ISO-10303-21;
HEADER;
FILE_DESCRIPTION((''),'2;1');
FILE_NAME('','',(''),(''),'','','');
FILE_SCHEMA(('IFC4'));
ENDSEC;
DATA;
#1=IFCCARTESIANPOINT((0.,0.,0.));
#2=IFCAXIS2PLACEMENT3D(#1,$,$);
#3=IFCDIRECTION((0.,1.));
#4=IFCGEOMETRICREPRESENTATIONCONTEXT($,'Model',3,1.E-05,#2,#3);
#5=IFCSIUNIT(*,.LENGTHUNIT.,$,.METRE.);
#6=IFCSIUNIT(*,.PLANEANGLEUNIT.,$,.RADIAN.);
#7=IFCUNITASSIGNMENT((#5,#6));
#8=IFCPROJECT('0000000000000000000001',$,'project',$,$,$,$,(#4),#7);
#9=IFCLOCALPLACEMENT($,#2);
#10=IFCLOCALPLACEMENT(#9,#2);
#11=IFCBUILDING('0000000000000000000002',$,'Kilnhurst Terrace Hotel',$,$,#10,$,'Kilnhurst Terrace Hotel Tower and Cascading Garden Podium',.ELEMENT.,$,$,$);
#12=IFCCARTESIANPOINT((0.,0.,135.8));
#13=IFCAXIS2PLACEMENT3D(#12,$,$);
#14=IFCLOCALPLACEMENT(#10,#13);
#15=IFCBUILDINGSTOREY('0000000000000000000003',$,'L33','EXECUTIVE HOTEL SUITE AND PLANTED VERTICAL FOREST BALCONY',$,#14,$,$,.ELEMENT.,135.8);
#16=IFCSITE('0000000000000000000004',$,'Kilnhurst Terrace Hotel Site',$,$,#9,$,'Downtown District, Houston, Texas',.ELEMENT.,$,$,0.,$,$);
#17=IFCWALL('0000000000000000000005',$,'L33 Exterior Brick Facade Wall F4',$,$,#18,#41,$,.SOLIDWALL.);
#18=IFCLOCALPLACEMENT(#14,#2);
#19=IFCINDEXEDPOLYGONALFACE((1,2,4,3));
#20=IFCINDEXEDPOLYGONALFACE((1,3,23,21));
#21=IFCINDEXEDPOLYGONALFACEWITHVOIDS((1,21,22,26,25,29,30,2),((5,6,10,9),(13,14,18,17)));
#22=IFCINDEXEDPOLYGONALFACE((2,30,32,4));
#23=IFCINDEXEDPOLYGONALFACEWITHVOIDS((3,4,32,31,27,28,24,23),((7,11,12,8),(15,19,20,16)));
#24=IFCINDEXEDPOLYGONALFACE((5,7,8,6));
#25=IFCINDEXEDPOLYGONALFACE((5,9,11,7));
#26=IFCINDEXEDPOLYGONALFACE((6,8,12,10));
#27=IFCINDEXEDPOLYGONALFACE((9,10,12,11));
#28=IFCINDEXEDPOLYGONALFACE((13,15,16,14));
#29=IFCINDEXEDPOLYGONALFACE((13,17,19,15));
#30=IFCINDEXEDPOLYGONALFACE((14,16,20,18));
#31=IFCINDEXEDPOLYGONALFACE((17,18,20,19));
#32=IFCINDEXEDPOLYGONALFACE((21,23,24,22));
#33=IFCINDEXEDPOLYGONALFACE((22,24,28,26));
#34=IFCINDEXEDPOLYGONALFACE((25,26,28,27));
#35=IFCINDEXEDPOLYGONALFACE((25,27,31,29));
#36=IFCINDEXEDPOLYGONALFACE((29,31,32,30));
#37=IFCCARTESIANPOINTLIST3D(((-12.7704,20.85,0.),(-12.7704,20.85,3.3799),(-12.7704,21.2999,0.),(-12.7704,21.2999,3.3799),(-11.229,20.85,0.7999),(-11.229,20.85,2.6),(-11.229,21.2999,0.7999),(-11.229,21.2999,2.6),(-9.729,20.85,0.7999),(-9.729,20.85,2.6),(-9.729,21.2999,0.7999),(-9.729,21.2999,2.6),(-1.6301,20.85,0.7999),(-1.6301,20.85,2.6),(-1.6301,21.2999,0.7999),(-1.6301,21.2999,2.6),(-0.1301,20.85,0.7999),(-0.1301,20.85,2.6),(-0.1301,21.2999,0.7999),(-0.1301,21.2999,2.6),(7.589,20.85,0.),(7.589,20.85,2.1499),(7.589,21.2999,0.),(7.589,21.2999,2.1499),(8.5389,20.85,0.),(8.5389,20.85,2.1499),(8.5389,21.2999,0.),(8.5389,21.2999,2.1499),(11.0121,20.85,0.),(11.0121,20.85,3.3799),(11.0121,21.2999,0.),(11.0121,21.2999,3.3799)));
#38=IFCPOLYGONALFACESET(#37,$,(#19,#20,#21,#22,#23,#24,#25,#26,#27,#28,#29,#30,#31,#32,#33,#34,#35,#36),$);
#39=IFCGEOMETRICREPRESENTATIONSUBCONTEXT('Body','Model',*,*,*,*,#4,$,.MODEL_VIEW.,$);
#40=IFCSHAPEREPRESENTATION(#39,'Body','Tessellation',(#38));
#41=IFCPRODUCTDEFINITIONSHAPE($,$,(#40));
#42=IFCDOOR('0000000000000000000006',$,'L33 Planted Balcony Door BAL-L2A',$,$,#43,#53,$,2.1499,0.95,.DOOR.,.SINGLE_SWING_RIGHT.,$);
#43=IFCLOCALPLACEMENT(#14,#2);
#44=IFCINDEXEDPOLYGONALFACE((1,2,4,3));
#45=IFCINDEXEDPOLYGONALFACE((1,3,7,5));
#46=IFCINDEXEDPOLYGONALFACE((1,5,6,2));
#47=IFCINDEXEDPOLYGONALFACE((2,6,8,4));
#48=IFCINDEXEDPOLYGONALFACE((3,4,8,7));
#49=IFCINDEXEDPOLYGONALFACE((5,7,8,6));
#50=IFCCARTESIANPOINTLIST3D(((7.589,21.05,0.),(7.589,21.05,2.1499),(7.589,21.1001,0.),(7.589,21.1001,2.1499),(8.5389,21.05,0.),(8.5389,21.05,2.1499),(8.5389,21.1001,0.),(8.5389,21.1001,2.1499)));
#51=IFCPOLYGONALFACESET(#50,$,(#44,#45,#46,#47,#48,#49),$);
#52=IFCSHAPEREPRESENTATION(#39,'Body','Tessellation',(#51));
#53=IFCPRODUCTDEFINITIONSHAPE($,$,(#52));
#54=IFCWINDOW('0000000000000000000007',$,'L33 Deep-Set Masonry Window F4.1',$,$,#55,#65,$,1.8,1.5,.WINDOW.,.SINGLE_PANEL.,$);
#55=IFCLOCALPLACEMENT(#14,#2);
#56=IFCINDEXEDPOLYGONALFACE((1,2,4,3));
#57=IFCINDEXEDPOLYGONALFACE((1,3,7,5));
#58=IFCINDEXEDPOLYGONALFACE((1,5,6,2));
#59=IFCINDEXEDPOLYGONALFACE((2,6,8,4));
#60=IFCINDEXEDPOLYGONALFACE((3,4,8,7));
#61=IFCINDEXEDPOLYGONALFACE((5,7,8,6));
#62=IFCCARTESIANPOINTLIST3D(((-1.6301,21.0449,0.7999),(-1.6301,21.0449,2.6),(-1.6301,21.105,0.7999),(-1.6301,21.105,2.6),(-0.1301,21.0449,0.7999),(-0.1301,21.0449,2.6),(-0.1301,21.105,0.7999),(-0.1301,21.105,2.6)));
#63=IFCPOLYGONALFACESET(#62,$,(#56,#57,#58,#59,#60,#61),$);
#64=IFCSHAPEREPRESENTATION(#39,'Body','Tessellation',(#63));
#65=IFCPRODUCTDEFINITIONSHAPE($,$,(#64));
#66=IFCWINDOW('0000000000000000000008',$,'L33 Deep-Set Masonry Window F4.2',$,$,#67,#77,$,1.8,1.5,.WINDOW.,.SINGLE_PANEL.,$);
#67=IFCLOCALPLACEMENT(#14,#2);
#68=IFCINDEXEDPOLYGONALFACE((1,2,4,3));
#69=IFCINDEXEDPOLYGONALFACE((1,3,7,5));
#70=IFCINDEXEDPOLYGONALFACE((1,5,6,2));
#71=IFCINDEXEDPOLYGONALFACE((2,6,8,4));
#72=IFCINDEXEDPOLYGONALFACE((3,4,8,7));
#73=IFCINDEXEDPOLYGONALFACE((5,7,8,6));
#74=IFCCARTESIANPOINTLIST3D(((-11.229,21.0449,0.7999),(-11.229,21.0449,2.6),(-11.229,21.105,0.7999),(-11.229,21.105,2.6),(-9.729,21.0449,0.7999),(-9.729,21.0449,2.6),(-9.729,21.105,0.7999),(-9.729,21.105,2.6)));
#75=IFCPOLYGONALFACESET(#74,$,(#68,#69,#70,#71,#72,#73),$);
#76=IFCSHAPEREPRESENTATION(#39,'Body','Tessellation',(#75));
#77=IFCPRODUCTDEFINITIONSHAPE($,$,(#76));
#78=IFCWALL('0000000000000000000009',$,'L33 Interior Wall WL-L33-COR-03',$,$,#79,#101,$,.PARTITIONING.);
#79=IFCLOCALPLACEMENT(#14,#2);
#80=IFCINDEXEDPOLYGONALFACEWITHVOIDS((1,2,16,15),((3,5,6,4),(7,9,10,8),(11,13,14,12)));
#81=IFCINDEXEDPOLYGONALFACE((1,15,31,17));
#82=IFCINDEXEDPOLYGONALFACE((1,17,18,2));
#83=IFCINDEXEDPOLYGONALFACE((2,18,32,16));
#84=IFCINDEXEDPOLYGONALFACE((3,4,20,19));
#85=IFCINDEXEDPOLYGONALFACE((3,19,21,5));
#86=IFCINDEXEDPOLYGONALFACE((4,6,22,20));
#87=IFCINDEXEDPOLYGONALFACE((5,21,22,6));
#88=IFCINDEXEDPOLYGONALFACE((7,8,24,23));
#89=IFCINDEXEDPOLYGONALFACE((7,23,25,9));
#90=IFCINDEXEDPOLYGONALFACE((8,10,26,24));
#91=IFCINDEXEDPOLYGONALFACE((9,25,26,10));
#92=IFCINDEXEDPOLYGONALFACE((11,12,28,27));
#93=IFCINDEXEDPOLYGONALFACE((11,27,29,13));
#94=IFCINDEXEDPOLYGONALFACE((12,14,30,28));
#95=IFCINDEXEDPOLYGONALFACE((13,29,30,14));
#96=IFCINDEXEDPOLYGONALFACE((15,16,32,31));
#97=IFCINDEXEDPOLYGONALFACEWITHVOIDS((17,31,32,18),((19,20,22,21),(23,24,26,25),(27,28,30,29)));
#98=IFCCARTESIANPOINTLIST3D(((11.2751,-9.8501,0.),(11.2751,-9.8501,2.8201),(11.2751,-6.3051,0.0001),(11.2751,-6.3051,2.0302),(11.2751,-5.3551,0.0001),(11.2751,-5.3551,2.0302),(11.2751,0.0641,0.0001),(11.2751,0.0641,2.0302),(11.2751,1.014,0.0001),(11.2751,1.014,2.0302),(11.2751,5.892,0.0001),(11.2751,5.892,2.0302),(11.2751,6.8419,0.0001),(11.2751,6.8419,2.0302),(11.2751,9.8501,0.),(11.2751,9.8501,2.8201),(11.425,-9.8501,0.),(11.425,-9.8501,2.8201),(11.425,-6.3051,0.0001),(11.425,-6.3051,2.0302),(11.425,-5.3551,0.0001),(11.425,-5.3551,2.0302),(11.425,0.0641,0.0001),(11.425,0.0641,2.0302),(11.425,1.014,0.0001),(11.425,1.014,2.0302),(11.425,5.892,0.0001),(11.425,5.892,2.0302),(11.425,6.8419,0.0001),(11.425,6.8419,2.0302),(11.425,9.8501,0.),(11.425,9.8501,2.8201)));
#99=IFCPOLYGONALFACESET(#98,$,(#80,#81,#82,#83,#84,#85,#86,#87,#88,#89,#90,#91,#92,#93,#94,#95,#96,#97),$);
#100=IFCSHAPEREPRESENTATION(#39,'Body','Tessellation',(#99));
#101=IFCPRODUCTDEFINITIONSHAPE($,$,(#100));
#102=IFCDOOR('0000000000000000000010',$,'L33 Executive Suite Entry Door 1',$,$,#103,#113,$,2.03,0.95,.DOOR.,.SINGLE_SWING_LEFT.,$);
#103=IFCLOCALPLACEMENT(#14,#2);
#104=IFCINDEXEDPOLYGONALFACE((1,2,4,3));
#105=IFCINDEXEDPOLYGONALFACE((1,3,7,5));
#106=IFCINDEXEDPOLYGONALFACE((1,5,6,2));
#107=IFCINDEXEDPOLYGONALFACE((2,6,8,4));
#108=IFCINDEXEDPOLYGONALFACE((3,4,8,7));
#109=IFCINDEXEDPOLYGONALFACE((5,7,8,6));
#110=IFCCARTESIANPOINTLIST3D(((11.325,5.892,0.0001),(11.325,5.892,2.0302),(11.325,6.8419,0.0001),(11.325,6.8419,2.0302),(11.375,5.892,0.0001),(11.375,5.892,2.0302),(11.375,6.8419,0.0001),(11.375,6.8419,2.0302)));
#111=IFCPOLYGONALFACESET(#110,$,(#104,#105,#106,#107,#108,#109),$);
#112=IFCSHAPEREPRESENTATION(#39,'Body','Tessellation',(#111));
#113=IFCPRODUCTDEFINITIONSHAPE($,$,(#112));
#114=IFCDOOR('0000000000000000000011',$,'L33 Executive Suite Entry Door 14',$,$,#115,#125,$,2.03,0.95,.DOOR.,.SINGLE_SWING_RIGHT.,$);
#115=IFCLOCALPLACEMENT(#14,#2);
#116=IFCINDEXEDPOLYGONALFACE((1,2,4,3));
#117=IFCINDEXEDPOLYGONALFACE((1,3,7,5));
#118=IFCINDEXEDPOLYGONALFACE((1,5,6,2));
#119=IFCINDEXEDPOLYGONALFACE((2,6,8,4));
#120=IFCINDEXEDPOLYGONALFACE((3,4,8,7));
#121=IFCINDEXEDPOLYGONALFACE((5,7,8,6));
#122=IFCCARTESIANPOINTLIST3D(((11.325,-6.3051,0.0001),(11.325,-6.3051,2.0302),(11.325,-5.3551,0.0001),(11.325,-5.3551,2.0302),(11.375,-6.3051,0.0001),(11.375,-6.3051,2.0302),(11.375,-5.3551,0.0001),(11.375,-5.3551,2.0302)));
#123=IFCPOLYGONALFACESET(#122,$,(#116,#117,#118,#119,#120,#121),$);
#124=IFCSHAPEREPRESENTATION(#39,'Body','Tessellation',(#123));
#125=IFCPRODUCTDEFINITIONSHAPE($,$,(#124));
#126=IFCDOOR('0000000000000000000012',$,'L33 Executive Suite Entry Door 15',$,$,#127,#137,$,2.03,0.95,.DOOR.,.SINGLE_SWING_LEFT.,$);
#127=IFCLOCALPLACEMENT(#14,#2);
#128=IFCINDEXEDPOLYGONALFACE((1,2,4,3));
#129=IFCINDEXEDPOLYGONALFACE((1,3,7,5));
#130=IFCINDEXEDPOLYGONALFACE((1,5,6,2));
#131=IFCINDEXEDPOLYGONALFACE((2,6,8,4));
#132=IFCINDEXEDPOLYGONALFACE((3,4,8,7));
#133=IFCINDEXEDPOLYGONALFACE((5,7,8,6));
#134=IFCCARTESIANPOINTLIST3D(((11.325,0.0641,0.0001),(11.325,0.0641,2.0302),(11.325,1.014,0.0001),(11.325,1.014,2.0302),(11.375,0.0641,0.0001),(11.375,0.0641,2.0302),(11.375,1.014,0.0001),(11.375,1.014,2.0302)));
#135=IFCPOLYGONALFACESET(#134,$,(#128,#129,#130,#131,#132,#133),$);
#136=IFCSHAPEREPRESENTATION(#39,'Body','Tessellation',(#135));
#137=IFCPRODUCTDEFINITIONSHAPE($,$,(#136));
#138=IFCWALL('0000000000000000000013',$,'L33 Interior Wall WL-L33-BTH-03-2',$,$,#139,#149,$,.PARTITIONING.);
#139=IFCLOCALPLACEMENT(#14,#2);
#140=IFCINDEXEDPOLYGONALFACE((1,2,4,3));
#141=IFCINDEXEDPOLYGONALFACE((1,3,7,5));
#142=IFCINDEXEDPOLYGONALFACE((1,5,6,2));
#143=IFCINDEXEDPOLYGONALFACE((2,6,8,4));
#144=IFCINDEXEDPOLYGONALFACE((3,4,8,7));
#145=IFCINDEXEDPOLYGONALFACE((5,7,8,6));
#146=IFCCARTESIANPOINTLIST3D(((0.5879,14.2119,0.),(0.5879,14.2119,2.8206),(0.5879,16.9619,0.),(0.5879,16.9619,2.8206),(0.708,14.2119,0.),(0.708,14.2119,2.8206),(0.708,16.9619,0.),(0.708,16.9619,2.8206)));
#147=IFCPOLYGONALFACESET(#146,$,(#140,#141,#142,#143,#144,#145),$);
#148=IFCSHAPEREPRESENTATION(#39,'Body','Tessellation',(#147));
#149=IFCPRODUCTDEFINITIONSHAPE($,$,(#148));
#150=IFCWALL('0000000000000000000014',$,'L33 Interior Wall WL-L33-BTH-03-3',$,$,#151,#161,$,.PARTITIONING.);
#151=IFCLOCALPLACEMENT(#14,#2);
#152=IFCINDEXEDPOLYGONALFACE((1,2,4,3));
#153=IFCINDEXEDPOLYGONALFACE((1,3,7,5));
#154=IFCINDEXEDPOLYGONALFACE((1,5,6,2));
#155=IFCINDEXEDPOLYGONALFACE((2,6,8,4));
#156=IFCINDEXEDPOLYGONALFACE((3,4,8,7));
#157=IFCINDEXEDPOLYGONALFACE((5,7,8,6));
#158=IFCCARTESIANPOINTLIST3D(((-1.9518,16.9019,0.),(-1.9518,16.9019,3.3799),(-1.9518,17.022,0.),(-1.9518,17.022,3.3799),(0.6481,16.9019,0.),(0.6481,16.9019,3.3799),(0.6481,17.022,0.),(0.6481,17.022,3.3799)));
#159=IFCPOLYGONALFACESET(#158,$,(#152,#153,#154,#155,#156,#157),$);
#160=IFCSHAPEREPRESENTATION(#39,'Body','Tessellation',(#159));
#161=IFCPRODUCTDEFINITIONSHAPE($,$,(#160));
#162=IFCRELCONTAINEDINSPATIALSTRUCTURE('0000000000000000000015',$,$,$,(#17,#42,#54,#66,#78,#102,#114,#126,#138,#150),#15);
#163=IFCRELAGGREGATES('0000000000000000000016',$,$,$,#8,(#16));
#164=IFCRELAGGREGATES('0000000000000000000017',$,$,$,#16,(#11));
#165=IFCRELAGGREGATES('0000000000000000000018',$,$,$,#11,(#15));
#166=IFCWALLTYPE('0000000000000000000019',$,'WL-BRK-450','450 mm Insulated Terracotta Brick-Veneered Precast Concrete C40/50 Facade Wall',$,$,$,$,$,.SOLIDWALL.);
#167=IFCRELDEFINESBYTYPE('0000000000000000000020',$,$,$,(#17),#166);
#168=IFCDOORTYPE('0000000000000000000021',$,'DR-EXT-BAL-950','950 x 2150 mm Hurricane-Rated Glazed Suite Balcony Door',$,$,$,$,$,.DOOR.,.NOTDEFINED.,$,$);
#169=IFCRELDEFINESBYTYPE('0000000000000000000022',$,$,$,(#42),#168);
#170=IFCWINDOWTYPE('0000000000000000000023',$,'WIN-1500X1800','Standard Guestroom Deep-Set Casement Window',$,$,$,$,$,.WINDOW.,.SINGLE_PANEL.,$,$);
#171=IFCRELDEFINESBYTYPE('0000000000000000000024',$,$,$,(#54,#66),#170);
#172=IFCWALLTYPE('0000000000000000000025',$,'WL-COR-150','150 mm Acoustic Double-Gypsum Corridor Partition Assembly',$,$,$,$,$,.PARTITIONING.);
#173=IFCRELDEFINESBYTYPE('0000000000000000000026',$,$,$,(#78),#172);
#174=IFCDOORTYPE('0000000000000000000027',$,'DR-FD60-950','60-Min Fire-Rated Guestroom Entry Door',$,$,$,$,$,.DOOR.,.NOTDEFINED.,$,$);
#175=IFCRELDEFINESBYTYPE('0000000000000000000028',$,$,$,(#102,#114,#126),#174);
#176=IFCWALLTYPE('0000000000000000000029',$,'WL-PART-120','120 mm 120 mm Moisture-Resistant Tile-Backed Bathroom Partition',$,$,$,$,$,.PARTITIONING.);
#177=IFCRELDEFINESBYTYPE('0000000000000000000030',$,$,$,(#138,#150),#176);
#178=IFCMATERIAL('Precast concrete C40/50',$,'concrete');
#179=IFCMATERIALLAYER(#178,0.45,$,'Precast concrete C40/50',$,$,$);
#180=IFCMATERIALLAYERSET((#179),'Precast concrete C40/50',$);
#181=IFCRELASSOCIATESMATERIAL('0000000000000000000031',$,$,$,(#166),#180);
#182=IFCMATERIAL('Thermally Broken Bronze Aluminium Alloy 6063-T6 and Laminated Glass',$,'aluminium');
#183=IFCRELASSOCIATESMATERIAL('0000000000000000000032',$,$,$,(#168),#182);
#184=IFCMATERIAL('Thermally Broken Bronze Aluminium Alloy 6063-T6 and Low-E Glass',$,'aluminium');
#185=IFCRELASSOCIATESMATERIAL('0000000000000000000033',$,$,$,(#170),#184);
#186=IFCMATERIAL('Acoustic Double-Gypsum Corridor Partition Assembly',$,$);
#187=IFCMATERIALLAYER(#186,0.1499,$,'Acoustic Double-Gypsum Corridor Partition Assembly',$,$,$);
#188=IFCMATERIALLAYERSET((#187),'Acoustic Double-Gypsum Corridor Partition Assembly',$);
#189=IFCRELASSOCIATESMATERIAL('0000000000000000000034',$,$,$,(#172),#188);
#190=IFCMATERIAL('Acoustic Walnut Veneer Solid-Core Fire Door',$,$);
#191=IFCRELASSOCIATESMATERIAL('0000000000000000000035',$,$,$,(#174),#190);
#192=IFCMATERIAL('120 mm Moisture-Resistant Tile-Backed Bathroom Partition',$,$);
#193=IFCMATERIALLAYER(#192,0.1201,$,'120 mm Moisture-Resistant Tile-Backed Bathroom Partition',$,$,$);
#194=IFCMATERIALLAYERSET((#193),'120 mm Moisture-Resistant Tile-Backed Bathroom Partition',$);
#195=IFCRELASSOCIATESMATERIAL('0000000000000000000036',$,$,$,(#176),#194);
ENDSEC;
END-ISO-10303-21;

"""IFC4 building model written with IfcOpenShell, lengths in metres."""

from ifc_helpers import new_model, si_unit, direction, frame, frame_2d, origin, place, context, subcontext, project, spatial, rectangle, extrude, material, layer, layer_set, type_object, element, fill, save


model = new_model("IFC4")

# Units and contexts
model_context = context("Model", 3, precision=1e-05, world=origin(), true_north=direction((0.0, 1.0)))
body_context = subcontext(model_context, "Body", "Model", "MODEL_VIEW")
ifc_project = project(units=[si_unit("LENGTHUNIT", "METRE"), si_unit("PLANEANGLEUNIT", "RADIAN")], contexts=[model_context])

# Site, building, storey
site_placement = place(None, origin())
site = spatial("IfcSite", under=ifc_project, at=site_placement, Name="Kilnhurst Terrace Hotel Site", LongName="Downtown District, Houston, Texas", CompositionType="ELEMENT", RefElevation=0.0)
building_placement = place(site_placement, origin())
building = spatial("IfcBuilding", under=site, at=building_placement, Name="Kilnhurst Terrace Hotel", LongName="Kilnhurst Terrace Hotel Tower and Cascading Garden Podium", CompositionType="ELEMENT")
storey_placement = place(building_placement, frame((0.0, 0.0, 135.8)))
storey = spatial("IfcBuildingStorey", under=building, at=storey_placement, Name="L33", Description="EXECUTIVE HOTEL SUITE AND PLANTED VERTICAL FOREST BALCONY", CompositionType="ELEMENT", Elevation=135.8)

# Shared definitions
ifc_material_1 = material(Name="Precast concrete C40/50", Category="concrete")
ifc_layer_1 = layer(ifc_material_1, 0.45, Name="Precast concrete C40/50")
ifc_layer_set_1 = layer_set([ifc_layer_1], Name="Precast concrete C40/50")
wall_type_1 = type_object("IfcWallType", Name="WL-BRK-450", Description="450 mm Insulated Terracotta Brick-Veneered Precast Concrete C40/50 Facade Wall", PredefinedType="SOLIDWALL", material=ifc_layer_set_1)

# Wall, openings, door, windows
wall_1_placement = place(storey_placement, frame((11.012, 21.075, 0.0), z_axis=(0.0, 0.0, 1.0), x_axis=(-1.0, 0.0, 0.0)))
wall_1 = element("IfcWall", 1, at=wall_1_placement, inside=storey, type_object=wall_type_1, Name="L33 Exterior Brick Facade Wall F4", PredefinedType="SOLIDWALL", context=body_context, shape_type="SweptSolid", body=[
    extrude(rectangle(XDim=23.7825, YDim=0.45, at=frame_2d((11.8911, 0.0))), origin(), (0.0, 0.0, 1.0), 3.3799),
])
opening_1_placement = place(wall_1_placement, frame((2.4729, 0.0, 0.0)))
opening_1 = element("IfcOpeningElement", 2, at=opening_1_placement, cuts=wall_1, PredefinedType="OPENING", context=body_context, shape_type="SweptSolid", body=[
    extrude(rectangle(XDim=0.95, YDim=2.1499, at=frame_2d((0.4751, 1.075))), frame((0.0, 0.2349, 0.0), z_axis=(0.0, -1.0, 0.0), x_axis=(1.0, 0.0, 0.0)), (0.0, 0.0, 1.0), 0.47),
])
opening_2_placement = place(wall_1_placement, frame((11.1421, 0.0, 0.8)))
opening_2 = element("IfcOpeningElement", 3, at=opening_2_placement, cuts=wall_1, PredefinedType="OPENING", context=body_context, shape_type="SweptSolid", body=[
    extrude(rectangle(XDim=1.5, YDim=1.8, at=frame_2d((0.75, 0.8999))), frame((0.0, 0.2349, 0.0), z_axis=(0.0, -1.0, 0.0), x_axis=(1.0, 0.0, 0.0)), (0.0, 0.0, 1.0), 0.47),
])
opening_3_placement = place(wall_1_placement, frame((20.741, 0.0, 0.8)))
opening_3 = element("IfcOpeningElement", 4, at=opening_3_placement, cuts=wall_1, PredefinedType="OPENING", context=body_context, shape_type="SweptSolid", body=[
    extrude(rectangle(XDim=1.5, YDim=1.8, at=frame_2d((0.75, 0.8999))), frame((0.0, 0.2349, 0.0), z_axis=(0.0, -1.0, 0.0), x_axis=(1.0, 0.0, 0.0)), (0.0, 0.0, 1.0), 0.47),
])
ifc_material_2 = material(Name="Thermally Broken Bronze Aluminium Alloy 6063-T6 and Laminated Glass", Category="aluminium")
door_type_1 = type_object("IfcDoorType", Name="DR-EXT-BAL-950", Description="950 x 2150 mm Hurricane-Rated Glazed Suite Balcony Door", OperationType="NOTDEFINED", PredefinedType="DOOR", material=ifc_material_2)
door_1_placement = place(opening_1_placement, origin())
door_1 = element("IfcDoor", 5, at=door_1_placement, inside=storey, type_object=door_type_1, Name="L33 Planted Balcony Door BAL-L2A", OperationType="SINGLE_SWING_RIGHT", OverallHeight=2.1499, OverallWidth=0.95, PredefinedType="DOOR", context=body_context, shape_type="SweptSolid", body=[
    extrude(rectangle(XDim=0.95, YDim=2.1499, at=frame_2d((0.4751, 1.075))), frame((0.0, 0.0249, 0.0), z_axis=(0.0, -1.0, 0.0), x_axis=(1.0, 0.0, 0.0)), (0.0, 0.0, 1.0), 0.05),
])
fill(opening_1, door_1)
ifc_material_3 = material(Name="Thermally Broken Bronze Aluminium Alloy 6063-T6 and Low-E Glass", Category="aluminium")
window_type = type_object("IfcWindowType", Name="WIN-1500X1800", Description="Standard Guestroom Deep-Set Casement Window", PartitioningType="SINGLE_PANEL", PredefinedType="WINDOW", material=ifc_material_3)
window_1_placement = place(opening_2_placement, origin())
window_1 = element("IfcWindow", 6, at=window_1_placement, inside=storey, type_object=window_type, Name="L33 Deep-Set Masonry Window F4.1", OverallHeight=1.8, OverallWidth=1.5, PartitioningType="SINGLE_PANEL", PredefinedType="WINDOW", context=body_context, shape_type="SweptSolid", body=[
    extrude(rectangle(XDim=1.5, YDim=1.8, at=frame_2d((0.75, 0.8999))), frame((0.0, 0.03, 0.0), z_axis=(0.0, -1.0, 0.0), x_axis=(1.0, 0.0, 0.0)), (0.0, 0.0, 1.0), 0.0601),
])
fill(opening_2, window_1)
window_2_placement = place(opening_3_placement, origin())
window_2 = element("IfcWindow", 7, at=window_2_placement, inside=storey, type_object=window_type, Name="L33 Deep-Set Masonry Window F4.2", OverallHeight=1.8, OverallWidth=1.5, PartitioningType="SINGLE_PANEL", PredefinedType="WINDOW", context=body_context, shape_type="SweptSolid", body=[
    extrude(rectangle(XDim=1.5, YDim=1.8, at=frame_2d((0.75, 0.8999))), frame((0.0, 0.03, 0.0), z_axis=(0.0, -1.0, 0.0), x_axis=(1.0, 0.0, 0.0)), (0.0, 0.0, 1.0), 0.0601),
])
fill(opening_3, window_2)

# Wall, openings, doors
ifc_material_4 = material(Name="Acoustic Double-Gypsum Corridor Partition Assembly")
ifc_layer_2 = layer(ifc_material_4, 0.1499, Name="Acoustic Double-Gypsum Corridor Partition Assembly")
ifc_layer_set_2 = layer_set([ifc_layer_2], Name="Acoustic Double-Gypsum Corridor Partition Assembly")
wall_type_2 = type_object("IfcWallType", Name="WL-COR-150", Description="150 mm Acoustic Double-Gypsum Corridor Partition Assembly", PredefinedType="PARTITIONING", material=ifc_layer_set_2)
wall_2_placement = place(storey_placement, frame((11.3501, 9.8501, 0.0), z_axis=(0.0, 0.0, 1.0), x_axis=(0.0, -1.0, 0.0)))
wall_2 = element("IfcWall", 8, at=wall_2_placement, inside=storey, type_object=wall_type_2, Name="L33 Interior Wall WL-L33-COR-03", PredefinedType="PARTITIONING", context=body_context, shape_type="SweptSolid", body=[
    extrude(rectangle(XDim=19.7002, YDim=0.1499, at=frame_2d((9.8501, 0.0))), origin(), (0.0, 0.0, 1.0), 2.8201),
])
opening_4_placement = place(wall_2_placement, frame((3.0081, 0.0, 0.0)))
opening_4 = element("IfcOpeningElement", 9, at=opening_4_placement, cuts=wall_2, PredefinedType="OPENING", context=body_context, shape_type="SweptSolid", body=[
    extrude(rectangle(XDim=0.95, YDim=2.03, at=frame_2d((0.4751, 1.0151))), frame((0.0, 0.085, 0.0), z_axis=(0.0, -1.0, 0.0), x_axis=(1.0, 0.0, 0.0)), (0.0, 0.0, 1.0), 0.1699),
])
opening_5_placement = place(wall_2_placement, frame((15.2051, 0.0, 0.0)))
opening_5 = element("IfcOpeningElement", 10, at=opening_5_placement, cuts=wall_2, PredefinedType="OPENING", context=body_context, shape_type="SweptSolid", body=[
    extrude(rectangle(XDim=0.95, YDim=2.03, at=frame_2d((0.4751, 1.0151))), frame((0.0, 0.085, 0.0), z_axis=(0.0, -1.0, 0.0), x_axis=(1.0, 0.0, 0.0)), (0.0, 0.0, 1.0), 0.1699),
])
opening_6_placement = place(wall_2_placement, frame((8.8359, 0.0, 0.0)))
opening_6 = element("IfcOpeningElement", 11, at=opening_6_placement, cuts=wall_2, PredefinedType="OPENING", context=body_context, shape_type="SweptSolid", body=[
    extrude(rectangle(XDim=0.95, YDim=2.03, at=frame_2d((0.4751, 1.0151))), frame((0.0, 0.085, 0.0), z_axis=(0.0, -1.0, 0.0), x_axis=(1.0, 0.0, 0.0)), (0.0, 0.0, 1.0), 0.1699),
])
ifc_material_5 = material(Name="Acoustic Walnut Veneer Solid-Core Fire Door")
door_type_2 = type_object("IfcDoorType", Name="DR-FD60-950", Description="60-Min Fire-Rated Guestroom Entry Door", OperationType="NOTDEFINED", PredefinedType="DOOR", material=ifc_material_5)
door_2_placement = place(opening_4_placement, origin())
door_2 = element("IfcDoor", 12, at=door_2_placement, inside=storey, type_object=door_type_2, Name="L33 Executive Suite Entry Door 1", OperationType="SINGLE_SWING_LEFT", OverallHeight=2.03, OverallWidth=0.95, PredefinedType="DOOR", context=body_context, shape_type="SweptSolid", body=[
    extrude(rectangle(XDim=0.95, YDim=2.03, at=frame_2d((0.4751, 1.0151))), frame((0.0, 0.0249, 0.0), z_axis=(0.0, -1.0, 0.0), x_axis=(1.0, 0.0, 0.0)), (0.0, 0.0, 1.0), 0.05),
])
fill(opening_4, door_2)
door_3_placement = place(opening_5_placement, origin())
door_3 = element("IfcDoor", 13, at=door_3_placement, inside=storey, type_object=door_type_2, Name="L33 Executive Suite Entry Door 14", OperationType="SINGLE_SWING_RIGHT", OverallHeight=2.03, OverallWidth=0.95, PredefinedType="DOOR", context=body_context, shape_type="SweptSolid", body=[
    extrude(rectangle(XDim=0.95, YDim=2.03, at=frame_2d((0.4751, 1.0151))), frame((0.0, 0.0249, 0.0), z_axis=(0.0, -1.0, 0.0), x_axis=(1.0, 0.0, 0.0)), (0.0, 0.0, 1.0), 0.05),
])
fill(opening_5, door_3)
door_4_placement = place(opening_6_placement, origin())
door_4 = element("IfcDoor", 14, at=door_4_placement, inside=storey, type_object=door_type_2, Name="L33 Executive Suite Entry Door 15", OperationType="SINGLE_SWING_LEFT", OverallHeight=2.03, OverallWidth=0.95, PredefinedType="DOOR", context=body_context, shape_type="SweptSolid", body=[
    extrude(rectangle(XDim=0.95, YDim=2.03, at=frame_2d((0.4751, 1.0151))), frame((0.0, 0.0249, 0.0), z_axis=(0.0, -1.0, 0.0), x_axis=(1.0, 0.0, 0.0)), (0.0, 0.0, 1.0), 0.05),
])
fill(opening_6, door_4)

# Walls
ifc_material_6 = material(Name="120 mm Moisture-Resistant Tile-Backed Bathroom Partition")
ifc_layer_3 = layer(ifc_material_6, 0.1201, Name="120 mm Moisture-Resistant Tile-Backed Bathroom Partition")
ifc_layer_set_3 = layer_set([ifc_layer_3], Name="120 mm Moisture-Resistant Tile-Backed Bathroom Partition")
wall_type_3 = type_object("IfcWallType", Name="WL-PART-120", Description="120 mm 120 mm Moisture-Resistant Tile-Backed Bathroom Partition", PredefinedType="PARTITIONING", material=ifc_layer_set_3)
wall_3_placement = place(storey_placement, frame((0.6479, 14.2119, 0.0), z_axis=(0.0, 0.0, 1.0), x_axis=(0.0, 1.0, 0.0)))
element("IfcWall", 15, at=wall_3_placement, inside=storey, type_object=wall_type_3, Name="L33 Interior Wall WL-L33-BTH-03-2", PredefinedType="PARTITIONING", context=body_context, shape_type="SweptSolid", body=[
    extrude(rectangle(XDim=2.75, YDim=0.1201, at=frame_2d((1.375, 0.0))), origin(), (0.0, 0.0, 1.0), 2.8206),
])
wall_4_placement = place(storey_placement, frame((0.6479, 16.9619, 0.0), z_axis=(0.0, 0.0, 1.0), x_axis=(-1.0, 0.0, 0.0)))
element("IfcWall", 16, at=wall_4_placement, inside=storey, type_object=wall_type_3, Name="L33 Interior Wall WL-L33-BTH-03-3", PredefinedType="PARTITIONING", context=body_context, shape_type="SweptSolid", body=[
    extrude(rectangle(XDim=2.5999, YDim=0.1201, at=frame_2d((1.2998, 0.0))), origin(), (0.0, 0.0, 1.0), 3.3799),
])

save(model, "model.ifc")
